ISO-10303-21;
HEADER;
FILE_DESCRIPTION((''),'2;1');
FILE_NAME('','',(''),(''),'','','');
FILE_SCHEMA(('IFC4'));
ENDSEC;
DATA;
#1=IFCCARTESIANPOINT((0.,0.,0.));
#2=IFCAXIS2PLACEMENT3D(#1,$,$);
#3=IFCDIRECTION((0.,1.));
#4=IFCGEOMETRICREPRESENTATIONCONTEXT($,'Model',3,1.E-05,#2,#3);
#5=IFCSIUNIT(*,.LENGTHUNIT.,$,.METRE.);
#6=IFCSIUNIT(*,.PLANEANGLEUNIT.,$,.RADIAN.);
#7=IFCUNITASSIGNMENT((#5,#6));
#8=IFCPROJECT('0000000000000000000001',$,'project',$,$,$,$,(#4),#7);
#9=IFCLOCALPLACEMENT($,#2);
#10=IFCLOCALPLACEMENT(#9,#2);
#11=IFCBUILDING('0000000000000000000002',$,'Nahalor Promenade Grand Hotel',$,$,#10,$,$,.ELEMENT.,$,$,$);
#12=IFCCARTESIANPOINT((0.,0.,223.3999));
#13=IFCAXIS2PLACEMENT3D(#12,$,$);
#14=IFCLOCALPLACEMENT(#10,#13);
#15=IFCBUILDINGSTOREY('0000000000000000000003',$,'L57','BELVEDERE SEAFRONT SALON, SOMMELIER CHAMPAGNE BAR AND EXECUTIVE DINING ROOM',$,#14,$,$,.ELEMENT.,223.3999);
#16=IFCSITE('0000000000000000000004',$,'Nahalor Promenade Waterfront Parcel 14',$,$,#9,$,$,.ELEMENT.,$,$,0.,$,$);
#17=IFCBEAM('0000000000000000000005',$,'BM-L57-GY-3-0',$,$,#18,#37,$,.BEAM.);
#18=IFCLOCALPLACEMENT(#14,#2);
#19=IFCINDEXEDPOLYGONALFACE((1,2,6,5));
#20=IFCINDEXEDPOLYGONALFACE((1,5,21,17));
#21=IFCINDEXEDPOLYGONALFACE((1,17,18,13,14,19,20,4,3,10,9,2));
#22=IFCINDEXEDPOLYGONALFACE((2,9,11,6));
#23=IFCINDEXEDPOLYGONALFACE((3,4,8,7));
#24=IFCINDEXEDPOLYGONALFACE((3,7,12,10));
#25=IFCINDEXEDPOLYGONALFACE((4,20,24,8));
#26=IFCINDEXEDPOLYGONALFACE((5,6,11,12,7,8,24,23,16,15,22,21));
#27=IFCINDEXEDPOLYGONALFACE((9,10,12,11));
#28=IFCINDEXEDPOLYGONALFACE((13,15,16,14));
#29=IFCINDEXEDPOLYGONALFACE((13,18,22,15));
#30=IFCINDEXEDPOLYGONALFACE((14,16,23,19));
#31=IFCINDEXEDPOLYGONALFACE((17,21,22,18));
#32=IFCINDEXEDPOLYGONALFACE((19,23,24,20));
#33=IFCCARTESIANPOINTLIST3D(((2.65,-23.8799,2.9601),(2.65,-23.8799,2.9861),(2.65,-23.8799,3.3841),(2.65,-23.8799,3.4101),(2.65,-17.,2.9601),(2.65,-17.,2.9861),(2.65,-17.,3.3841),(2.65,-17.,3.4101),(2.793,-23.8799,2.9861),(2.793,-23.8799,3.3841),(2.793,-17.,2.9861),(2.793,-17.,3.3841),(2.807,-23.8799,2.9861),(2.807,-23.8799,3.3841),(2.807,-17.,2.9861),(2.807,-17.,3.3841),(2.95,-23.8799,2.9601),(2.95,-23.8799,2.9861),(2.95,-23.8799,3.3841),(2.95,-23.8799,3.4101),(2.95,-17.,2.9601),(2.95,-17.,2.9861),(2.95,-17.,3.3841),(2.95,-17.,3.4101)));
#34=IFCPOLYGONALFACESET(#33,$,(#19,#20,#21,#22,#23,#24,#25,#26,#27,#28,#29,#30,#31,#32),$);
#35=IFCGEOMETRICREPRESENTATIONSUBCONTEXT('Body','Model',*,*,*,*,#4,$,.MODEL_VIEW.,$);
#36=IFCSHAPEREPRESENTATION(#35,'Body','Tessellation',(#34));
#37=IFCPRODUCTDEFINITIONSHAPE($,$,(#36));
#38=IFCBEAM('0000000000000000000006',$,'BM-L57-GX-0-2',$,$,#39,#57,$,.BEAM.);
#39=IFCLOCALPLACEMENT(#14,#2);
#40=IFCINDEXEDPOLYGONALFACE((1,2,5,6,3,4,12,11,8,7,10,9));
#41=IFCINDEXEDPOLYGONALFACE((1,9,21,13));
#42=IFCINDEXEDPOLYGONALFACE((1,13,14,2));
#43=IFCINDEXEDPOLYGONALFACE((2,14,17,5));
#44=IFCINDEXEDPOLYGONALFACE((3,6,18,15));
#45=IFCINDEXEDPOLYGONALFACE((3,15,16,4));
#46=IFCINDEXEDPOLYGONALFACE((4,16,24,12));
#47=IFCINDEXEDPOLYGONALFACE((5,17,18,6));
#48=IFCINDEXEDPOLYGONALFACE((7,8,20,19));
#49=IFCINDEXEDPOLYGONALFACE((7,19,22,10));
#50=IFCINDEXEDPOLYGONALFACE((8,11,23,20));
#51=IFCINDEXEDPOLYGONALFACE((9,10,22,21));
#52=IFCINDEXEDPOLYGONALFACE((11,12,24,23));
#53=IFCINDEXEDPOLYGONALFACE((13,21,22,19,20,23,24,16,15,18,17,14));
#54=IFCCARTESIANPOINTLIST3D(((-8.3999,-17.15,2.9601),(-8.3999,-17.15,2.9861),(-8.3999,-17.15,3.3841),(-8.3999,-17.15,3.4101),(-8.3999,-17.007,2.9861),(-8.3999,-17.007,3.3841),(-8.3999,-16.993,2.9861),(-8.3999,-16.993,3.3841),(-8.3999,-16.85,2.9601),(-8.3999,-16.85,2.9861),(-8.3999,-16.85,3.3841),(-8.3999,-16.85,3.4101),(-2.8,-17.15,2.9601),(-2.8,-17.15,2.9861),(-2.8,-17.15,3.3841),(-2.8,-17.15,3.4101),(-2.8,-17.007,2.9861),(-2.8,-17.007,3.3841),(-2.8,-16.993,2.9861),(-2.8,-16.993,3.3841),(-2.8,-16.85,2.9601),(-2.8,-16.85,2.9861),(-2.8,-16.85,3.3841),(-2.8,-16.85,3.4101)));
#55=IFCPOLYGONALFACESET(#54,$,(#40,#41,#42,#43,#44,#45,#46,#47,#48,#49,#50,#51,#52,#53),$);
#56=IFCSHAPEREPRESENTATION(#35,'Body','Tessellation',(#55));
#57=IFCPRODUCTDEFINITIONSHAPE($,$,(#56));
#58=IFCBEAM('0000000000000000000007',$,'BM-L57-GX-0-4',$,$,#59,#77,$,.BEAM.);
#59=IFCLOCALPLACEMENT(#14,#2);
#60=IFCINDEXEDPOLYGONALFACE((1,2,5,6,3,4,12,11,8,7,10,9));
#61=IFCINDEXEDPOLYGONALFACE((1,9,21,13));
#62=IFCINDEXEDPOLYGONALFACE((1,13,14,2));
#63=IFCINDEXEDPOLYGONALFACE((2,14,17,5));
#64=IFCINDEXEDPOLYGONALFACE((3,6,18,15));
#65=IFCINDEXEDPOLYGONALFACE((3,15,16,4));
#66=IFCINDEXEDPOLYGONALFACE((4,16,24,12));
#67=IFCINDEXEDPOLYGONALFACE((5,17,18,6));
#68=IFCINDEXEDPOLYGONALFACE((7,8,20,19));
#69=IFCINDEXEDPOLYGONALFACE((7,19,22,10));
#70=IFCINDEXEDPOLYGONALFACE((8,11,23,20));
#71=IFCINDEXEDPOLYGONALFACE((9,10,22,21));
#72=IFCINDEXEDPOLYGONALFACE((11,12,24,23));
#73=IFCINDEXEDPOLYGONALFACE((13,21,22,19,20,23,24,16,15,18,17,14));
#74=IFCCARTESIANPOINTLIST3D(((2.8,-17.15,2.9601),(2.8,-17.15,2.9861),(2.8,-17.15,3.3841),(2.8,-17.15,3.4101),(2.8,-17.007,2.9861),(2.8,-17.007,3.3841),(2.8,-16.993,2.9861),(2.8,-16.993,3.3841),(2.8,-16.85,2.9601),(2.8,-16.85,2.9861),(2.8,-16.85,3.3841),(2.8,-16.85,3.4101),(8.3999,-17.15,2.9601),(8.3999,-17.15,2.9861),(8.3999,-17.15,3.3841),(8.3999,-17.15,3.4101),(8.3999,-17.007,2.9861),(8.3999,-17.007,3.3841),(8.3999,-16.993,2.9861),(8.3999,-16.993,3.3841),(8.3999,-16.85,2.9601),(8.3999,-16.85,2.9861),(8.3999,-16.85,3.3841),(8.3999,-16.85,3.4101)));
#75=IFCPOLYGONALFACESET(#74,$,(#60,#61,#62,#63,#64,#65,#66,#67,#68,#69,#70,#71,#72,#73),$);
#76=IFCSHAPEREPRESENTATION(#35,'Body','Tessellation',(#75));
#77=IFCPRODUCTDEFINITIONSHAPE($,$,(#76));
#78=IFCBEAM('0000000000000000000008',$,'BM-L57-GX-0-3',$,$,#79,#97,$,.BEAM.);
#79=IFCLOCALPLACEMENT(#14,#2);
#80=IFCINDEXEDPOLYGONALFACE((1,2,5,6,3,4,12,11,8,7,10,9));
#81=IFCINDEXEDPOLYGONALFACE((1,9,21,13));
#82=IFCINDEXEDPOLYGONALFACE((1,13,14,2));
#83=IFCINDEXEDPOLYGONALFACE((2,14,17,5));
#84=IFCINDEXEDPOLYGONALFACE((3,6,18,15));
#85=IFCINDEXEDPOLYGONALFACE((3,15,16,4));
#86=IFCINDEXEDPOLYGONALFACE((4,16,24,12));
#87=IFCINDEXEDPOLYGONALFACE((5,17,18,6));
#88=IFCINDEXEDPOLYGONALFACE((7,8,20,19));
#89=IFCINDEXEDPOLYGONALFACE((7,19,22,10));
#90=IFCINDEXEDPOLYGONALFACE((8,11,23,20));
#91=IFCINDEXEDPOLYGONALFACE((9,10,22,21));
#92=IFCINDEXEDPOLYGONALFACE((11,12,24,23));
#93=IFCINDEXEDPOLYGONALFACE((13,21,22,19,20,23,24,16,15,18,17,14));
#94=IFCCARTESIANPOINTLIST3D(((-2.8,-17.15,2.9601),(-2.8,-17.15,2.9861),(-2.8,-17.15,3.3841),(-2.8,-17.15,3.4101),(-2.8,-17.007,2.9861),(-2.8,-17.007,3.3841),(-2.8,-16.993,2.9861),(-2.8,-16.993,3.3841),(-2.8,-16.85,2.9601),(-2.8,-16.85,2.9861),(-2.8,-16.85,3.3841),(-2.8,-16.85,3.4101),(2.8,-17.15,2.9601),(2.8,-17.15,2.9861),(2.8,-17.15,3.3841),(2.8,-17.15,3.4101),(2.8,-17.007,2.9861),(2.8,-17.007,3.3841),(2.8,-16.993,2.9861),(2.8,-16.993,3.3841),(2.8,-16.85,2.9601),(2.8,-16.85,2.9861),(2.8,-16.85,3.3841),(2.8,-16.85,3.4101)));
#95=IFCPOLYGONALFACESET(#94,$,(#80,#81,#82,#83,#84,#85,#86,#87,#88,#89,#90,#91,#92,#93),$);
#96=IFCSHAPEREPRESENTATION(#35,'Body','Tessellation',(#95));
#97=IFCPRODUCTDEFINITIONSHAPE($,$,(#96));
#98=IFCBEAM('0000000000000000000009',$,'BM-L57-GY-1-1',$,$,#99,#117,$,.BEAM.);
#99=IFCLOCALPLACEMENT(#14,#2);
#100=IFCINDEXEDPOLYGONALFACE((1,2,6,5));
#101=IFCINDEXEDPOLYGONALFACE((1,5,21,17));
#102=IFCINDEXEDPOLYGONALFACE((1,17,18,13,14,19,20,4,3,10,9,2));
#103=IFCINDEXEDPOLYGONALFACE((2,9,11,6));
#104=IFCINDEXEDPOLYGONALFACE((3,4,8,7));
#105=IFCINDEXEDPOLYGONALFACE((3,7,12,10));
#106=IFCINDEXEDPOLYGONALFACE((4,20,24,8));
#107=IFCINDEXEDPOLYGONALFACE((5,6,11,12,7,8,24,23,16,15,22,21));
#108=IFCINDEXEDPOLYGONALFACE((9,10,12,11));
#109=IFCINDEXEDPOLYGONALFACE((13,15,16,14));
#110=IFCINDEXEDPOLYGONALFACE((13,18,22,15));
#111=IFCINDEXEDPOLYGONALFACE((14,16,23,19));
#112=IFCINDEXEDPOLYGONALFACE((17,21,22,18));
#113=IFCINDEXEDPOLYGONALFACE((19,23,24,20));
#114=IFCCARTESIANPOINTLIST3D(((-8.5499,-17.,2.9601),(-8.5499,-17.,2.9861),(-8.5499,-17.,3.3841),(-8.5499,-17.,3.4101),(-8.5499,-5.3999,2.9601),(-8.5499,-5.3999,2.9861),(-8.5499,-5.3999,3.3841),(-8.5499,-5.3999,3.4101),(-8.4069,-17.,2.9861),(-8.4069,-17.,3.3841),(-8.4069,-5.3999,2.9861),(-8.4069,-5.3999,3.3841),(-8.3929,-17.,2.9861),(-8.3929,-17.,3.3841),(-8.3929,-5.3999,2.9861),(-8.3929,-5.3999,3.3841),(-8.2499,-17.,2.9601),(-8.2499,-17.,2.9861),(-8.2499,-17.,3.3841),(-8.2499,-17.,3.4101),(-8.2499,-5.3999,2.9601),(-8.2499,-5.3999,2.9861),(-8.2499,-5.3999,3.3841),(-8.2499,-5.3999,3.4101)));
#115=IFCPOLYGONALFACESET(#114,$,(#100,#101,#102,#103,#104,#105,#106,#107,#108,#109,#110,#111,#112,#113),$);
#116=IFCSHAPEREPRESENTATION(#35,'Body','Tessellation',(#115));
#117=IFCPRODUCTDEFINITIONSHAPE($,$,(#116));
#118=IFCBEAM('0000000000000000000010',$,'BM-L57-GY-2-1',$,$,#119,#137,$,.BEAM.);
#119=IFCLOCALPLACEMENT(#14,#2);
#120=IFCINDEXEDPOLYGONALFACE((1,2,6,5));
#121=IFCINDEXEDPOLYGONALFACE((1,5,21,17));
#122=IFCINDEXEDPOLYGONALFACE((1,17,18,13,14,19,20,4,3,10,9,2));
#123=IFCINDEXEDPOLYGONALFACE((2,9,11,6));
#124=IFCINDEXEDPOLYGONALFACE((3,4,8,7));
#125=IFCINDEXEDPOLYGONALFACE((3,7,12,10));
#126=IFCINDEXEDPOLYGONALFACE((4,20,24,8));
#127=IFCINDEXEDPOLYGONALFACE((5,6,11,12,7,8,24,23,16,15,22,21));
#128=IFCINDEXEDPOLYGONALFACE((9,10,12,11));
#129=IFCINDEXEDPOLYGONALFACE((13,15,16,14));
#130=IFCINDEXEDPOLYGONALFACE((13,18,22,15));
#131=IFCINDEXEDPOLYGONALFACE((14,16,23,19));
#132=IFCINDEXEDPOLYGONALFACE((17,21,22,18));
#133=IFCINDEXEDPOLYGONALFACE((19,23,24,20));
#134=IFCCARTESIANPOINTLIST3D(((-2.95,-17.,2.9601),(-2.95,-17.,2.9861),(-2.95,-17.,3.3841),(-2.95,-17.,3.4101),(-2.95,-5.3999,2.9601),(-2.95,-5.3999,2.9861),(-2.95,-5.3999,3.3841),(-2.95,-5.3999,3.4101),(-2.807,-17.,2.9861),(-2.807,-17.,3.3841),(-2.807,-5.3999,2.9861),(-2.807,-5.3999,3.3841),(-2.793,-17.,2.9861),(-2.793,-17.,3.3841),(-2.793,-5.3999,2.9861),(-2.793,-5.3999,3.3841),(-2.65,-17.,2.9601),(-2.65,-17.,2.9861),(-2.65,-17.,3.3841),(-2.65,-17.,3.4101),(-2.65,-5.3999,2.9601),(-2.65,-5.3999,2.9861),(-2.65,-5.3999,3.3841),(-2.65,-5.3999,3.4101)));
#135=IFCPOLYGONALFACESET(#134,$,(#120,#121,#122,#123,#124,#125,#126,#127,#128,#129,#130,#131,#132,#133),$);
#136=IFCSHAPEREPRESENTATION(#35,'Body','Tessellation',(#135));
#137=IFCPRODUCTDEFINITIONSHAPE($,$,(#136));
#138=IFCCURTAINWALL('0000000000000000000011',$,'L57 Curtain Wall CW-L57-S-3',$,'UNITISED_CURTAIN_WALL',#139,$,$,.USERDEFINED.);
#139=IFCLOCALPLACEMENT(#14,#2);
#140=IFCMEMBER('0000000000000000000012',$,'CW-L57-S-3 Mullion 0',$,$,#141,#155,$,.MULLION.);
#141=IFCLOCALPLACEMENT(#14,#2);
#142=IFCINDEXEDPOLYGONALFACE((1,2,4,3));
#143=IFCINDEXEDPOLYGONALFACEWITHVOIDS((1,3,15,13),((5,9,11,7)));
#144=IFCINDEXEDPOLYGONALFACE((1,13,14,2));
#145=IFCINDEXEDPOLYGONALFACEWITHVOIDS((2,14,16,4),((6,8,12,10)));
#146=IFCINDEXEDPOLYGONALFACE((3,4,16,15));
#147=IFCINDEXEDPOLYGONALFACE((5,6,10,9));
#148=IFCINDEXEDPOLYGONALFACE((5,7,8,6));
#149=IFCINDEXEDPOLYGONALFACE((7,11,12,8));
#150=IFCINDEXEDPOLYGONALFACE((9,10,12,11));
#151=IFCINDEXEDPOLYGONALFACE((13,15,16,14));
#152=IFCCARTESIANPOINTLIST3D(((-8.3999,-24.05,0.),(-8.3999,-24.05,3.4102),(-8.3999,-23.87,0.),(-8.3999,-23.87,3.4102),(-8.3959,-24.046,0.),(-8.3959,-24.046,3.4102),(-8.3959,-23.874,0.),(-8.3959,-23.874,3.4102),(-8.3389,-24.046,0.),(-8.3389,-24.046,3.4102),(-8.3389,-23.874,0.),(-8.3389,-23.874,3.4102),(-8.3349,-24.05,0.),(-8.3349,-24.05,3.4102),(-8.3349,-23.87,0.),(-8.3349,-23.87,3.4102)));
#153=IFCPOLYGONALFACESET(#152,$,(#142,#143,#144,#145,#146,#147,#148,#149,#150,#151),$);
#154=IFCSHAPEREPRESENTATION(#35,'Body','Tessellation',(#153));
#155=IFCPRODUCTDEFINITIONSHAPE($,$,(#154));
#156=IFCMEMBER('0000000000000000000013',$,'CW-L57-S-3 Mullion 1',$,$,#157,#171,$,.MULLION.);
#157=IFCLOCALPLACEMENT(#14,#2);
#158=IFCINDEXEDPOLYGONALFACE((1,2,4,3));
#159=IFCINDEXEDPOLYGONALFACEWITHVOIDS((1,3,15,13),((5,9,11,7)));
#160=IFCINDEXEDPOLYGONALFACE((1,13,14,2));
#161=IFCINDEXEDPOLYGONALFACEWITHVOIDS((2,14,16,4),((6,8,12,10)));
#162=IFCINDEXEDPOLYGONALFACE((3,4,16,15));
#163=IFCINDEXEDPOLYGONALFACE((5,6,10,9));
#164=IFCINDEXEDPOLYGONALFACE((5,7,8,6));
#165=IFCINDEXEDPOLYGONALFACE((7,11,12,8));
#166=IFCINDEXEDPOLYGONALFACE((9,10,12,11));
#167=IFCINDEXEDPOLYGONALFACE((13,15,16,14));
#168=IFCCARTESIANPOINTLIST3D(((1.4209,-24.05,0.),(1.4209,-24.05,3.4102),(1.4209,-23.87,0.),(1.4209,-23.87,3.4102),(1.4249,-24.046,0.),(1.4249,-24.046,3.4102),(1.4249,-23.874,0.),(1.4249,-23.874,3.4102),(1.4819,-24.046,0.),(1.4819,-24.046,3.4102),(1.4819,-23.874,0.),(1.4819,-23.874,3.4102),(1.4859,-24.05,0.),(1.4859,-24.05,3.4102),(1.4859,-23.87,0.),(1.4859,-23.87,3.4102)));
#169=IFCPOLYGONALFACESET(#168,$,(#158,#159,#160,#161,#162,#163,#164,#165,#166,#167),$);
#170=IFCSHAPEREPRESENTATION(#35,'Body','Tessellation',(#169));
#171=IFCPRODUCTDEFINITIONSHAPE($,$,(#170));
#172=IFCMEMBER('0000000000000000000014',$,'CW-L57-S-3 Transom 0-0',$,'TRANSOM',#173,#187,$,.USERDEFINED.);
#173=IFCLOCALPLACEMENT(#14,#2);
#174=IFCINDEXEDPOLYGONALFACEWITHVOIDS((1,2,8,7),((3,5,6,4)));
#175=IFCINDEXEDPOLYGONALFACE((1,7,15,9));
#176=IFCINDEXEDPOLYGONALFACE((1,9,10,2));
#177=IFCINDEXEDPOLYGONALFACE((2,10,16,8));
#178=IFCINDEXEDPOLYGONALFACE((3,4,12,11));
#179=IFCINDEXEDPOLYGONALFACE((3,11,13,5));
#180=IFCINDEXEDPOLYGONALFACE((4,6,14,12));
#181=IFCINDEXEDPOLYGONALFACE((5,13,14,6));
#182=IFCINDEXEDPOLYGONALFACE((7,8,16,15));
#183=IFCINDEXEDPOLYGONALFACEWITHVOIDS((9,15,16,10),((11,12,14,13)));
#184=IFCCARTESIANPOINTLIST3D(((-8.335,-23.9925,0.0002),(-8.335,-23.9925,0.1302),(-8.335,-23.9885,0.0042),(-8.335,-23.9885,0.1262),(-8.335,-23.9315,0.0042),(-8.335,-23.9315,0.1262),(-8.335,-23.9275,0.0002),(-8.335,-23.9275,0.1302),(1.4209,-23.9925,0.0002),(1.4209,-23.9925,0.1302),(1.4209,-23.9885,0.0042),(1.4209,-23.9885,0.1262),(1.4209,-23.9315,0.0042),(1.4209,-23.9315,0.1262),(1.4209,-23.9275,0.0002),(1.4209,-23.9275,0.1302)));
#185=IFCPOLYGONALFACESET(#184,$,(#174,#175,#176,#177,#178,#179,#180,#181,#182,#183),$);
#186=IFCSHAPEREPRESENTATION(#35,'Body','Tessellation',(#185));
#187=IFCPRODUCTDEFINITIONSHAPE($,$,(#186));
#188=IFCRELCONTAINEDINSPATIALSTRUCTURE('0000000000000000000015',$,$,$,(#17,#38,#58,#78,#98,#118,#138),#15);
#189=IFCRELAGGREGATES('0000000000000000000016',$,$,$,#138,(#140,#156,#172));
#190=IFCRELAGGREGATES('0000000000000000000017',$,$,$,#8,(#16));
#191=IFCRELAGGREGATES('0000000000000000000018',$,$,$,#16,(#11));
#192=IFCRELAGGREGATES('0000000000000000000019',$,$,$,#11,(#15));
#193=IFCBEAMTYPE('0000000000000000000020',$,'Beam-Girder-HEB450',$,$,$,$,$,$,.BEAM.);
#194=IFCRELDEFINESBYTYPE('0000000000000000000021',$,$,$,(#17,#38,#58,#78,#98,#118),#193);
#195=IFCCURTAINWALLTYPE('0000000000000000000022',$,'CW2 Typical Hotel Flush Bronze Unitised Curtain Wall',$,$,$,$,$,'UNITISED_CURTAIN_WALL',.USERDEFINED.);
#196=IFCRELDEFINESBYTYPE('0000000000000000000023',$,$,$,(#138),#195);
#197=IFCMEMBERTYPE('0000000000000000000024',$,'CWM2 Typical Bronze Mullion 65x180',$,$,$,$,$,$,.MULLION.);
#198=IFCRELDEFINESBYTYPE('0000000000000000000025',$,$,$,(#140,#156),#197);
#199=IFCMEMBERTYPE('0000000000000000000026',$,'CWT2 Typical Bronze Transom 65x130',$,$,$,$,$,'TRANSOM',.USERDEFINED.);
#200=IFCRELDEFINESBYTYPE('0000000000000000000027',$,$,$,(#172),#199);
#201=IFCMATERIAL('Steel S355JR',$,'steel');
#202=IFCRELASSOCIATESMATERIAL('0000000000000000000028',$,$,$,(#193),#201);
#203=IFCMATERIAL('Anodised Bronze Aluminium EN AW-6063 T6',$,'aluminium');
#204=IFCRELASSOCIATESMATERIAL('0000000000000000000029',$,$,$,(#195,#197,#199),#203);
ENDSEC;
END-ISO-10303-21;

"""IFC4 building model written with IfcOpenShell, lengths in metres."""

from ifc_helpers import new_model, si_unit, direction, frame, origin, origin_2d, place, context, subcontext, project, spatial, hollow_rectangle, i_section, extrude, source, transform, mapped, material, material_profile, profile_set, type_object, element, aggregate, save


model = new_model("IFC4")

# Units and contexts
model_context = context("Model", 3, precision=1e-05, world=origin(), true_north=direction((0.0, 1.0)))
body_context = subcontext(model_context, "Body", "Model", "MODEL_VIEW")
ifc_project = project(units=[si_unit("LENGTHUNIT", "METRE"), si_unit("PLANEANGLEUNIT", "RADIAN")], contexts=[model_context])

# Site, building, storey
site_placement = place(None, origin())
site = spatial("IfcSite", under=ifc_project, at=site_placement, Name="Nahalor Promenade Waterfront Parcel 14", CompositionType="ELEMENT", RefElevation=0.0)
building_placement = place(site_placement, origin())
building = spatial("IfcBuilding", under=site, at=building_placement, Name="Nahalor Promenade Grand Hotel", CompositionType="ELEMENT")
storey_placement = place(building_placement, frame((0.0, 0.0, 223.3999)))
storey = spatial("IfcBuildingStorey", under=building, at=storey_placement, Name="L57", Description="BELVEDERE SEAFRONT SALON, SOMMELIER CHAMPAGNE BAR AND EXECUTIVE DINING ROOM", CompositionType="ELEMENT", Elevation=223.3999)

# Shared definitions
ifc_material_1 = material(Name="Steel S355JR", Category="steel")

# Beams
ifc_material_profile_1 = material_profile(ifc_material_1, i_section(OverallWidth=0.3, OverallDepth=0.45, WebThickness=0.014, FlangeThickness=0.026, at=origin_2d()), Name="HEB 450")
ifc_profile_set_1 = profile_set([ifc_material_profile_1], Name="Steel S355JR")
beam_type_1 = type_object("IfcBeamType", Name="Beam-Girder-HEB450", PredefinedType="BEAM", material=ifc_profile_set_1)
shared_shape_1 = source(origin(), body_context, "Body", "SweptSolid", [
    extrude(i_section(OverallWidth=0.3, OverallDepth=0.45, WebThickness=0.014, FlangeThickness=0.026, at=origin_2d()), origin(), (0.0, 0.0, 1.0), 6.8799),
])
for number, where, z_axis, x_axis, name in (
    (1, (2.8, -23.8799, 3.1851), (0.0, 1.0, 0.0), (-1.0, 0.0, 0.0), "BM-L57-GY-3-0"),
):
    element("IfcBeam", number, at=place(storey_placement, frame(where, z_axis=z_axis, x_axis=x_axis)), inside=storey, type_object=beam_type_1, Name=name, PredefinedType="BEAM", context=body_context, shape_type="MappedRepresentation", body=[
        mapped(shared_shape_1, transform((0.0, 0.0, 0.0), scale=1.0)),
    ])
shared_shape_2 = source(origin(), body_context, "Body", "SweptSolid", [
    extrude(i_section(OverallWidth=0.3, OverallDepth=0.45, WebThickness=0.014, FlangeThickness=0.026, at=origin_2d()), origin(), (0.0, 0.0, 1.0), 5.5999),
])
for number, where, z_axis, x_axis, name in (
    (2, (-8.3999, -17.0, 3.1851), (1.0, 0.0, 0.0), (0.0, 1.0, 0.0), "BM-L57-GX-0-2"),
    (3, (2.8, -17.0, 3.1851), (1.0, 0.0, 0.0), (0.0, 1.0, 0.0), "BM-L57-GX-0-4"),
):
    element("IfcBeam", number, at=place(storey_placement, frame(where, z_axis=z_axis, x_axis=x_axis)), inside=storey, type_object=beam_type_1, Name=name, PredefinedType="BEAM", context=body_context, shape_type="MappedRepresentation", body=[
        mapped(shared_shape_2, transform((0.0, 0.0, 0.0), scale=1.0)),
    ])
shared_shape_3 = source(origin(), body_context, "Body", "SweptSolid", [
    extrude(i_section(OverallWidth=0.3, OverallDepth=0.45, WebThickness=0.014, FlangeThickness=0.026, at=origin_2d()), origin(), (0.0, 0.0, 1.0), 5.6001),
])
beam_1_placement = place(storey_placement, frame((-2.8, -17.0, 3.1851), z_axis=(1.0, 0.0, 0.0), x_axis=(0.0, 1.0, 0.0)))
element("IfcBeam", 4, at=beam_1_placement, inside=storey, type_object=beam_type_1, Name="BM-L57-GX-0-3", PredefinedType="BEAM", context=body_context, shape_type="MappedRepresentation", body=[
    mapped(shared_shape_3, transform((0.0, 0.0, 0.0), scale=1.0)),
])
shared_shape_4 = source(origin(), body_context, "Body", "SweptSolid", [
    extrude(i_section(OverallWidth=0.3, OverallDepth=0.45, WebThickness=0.014, FlangeThickness=0.026, at=origin_2d()), origin(), (0.0, 0.0, 1.0), 11.6001),
])
for number, where, z_axis, x_axis, name in (
    (5, (-8.3999, -17.0, 3.1851), (0.0, 1.0, 0.0), (-1.0, 0.0, 0.0), "BM-L57-GY-1-1"),
    (6, (-2.8, -17.0, 3.1851), (0.0, 1.0, 0.0), (-1.0, 0.0, 0.0), "BM-L57-GY-2-1"),
):
    element("IfcBeam", number, at=place(storey_placement, frame(where, z_axis=z_axis, x_axis=x_axis)), inside=storey, type_object=beam_type_1, Name=name, PredefinedType="BEAM", context=body_context, shape_type="MappedRepresentation", body=[
        mapped(shared_shape_4, transform((0.0, 0.0, 0.0), scale=1.0)),
    ])

# Curtain wall, members
ifc_material_2 = material(Name="Anodised Bronze Aluminium EN AW-6063 T6", Category="aluminium")
curtain_wall_type = type_object("IfcCurtainWallType", Name="CW2 Typical Hotel Flush Bronze Unitised Curtain Wall", ElementType="UNITISED_CURTAIN_WALL", PredefinedType="USERDEFINED", material=ifc_material_2)
curtain_wall_placement = place(storey_placement, origin())
curtain_wall = element("IfcCurtainWall", 7, at=curtain_wall_placement, inside=storey, type_object=curtain_wall_type, Name="L57 Curtain Wall CW-L57-S-3", ObjectType="UNITISED_CURTAIN_WALL", PredefinedType="USERDEFINED")
ifc_material_profile_2 = material_profile(ifc_material_2, hollow_rectangle(XDim=0.065, YDim=0.18, WallThickness=0.004, at=origin_2d()), Name="CWM 65x180x4")
ifc_profile_set_2 = profile_set([ifc_material_profile_2], Name="Anodised Bronze Aluminium EN AW-6063 T6")
member_type_1 = type_object("IfcMemberType", Name="CWM2 Typical Bronze Mullion 65x180", PredefinedType="MULLION", material=ifc_profile_set_2)
shared_shape_5 = source(origin(), body_context, "Body", "SweptSolid", [
    extrude(hollow_rectangle(XDim=0.065, YDim=0.18, WallThickness=0.004, at=origin_2d()), origin(), (0.0, 0.0, 1.0), 3.4102),
])
member_1_placement = place(storey_placement, frame((-8.3674, -23.96, 0.0), z_axis=(0.0, 0.0, 1.0), x_axis=(1.0, 0.0, 0.0)))
member_1 = element("IfcMember", 8, at=member_1_placement, type_object=member_type_1, Name="CW-L57-S-3 Mullion 0", PredefinedType="MULLION", context=body_context, shape_type="MappedRepresentation", body=[
    mapped(shared_shape_5, transform((0.0, 0.0, 0.0), scale=1.0)),
])
member_2_placement = place(storey_placement, frame((1.4534, -23.96, 0.0), z_axis=(0.0, 0.0, 1.0), x_axis=(1.0, 0.0, 0.0)))
member_2 = element("IfcMember", 9, at=member_2_placement, type_object=member_type_1, Name="CW-L57-S-3 Mullion 1", PredefinedType="MULLION", context=body_context, shape_type="MappedRepresentation", body=[
    mapped(shared_shape_5, transform((0.0, 0.0, 0.0), scale=1.0)),
])
ifc_material_profile_3 = material_profile(ifc_material_2, hollow_rectangle(XDim=0.065, YDim=0.13, WallThickness=0.004, at=origin_2d()), Name="CWT 65x130x4")
ifc_profile_set_3 = profile_set([ifc_material_profile_3], Name="Anodised Bronze Aluminium EN AW-6063 T6")
member_type_2 = type_object("IfcMemberType", Name="CWT2 Typical Bronze Transom 65x130", ElementType="TRANSOM", PredefinedType="USERDEFINED", material=ifc_profile_set_3)
shared_shape_6 = source(origin(), body_context, "Body", "SweptSolid", [
    extrude(hollow_rectangle(XDim=0.065, YDim=0.13, WallThickness=0.004, at=origin_2d()), origin(), (0.0, 0.0, 1.0), 9.7559),
])
member_3_placement = place(storey_placement, frame((-8.335, -23.96, 0.0652), z_axis=(1.0, 0.0, 0.0), x_axis=(0.0, 1.0, 0.0)))
member_3 = element("IfcMember", 10, at=member_3_placement, type_object=member_type_2, Name="CW-L57-S-3 Transom 0-0", ObjectType="TRANSOM", PredefinedType="USERDEFINED", context=body_context, shape_type="MappedRepresentation", body=[
    mapped(shared_shape_6, transform((0.0, 0.0, 0.0), scale=1.0)),
])
aggregate(curtain_wall, [member_1, member_2, member_3])

save(model, "model.ifc")
